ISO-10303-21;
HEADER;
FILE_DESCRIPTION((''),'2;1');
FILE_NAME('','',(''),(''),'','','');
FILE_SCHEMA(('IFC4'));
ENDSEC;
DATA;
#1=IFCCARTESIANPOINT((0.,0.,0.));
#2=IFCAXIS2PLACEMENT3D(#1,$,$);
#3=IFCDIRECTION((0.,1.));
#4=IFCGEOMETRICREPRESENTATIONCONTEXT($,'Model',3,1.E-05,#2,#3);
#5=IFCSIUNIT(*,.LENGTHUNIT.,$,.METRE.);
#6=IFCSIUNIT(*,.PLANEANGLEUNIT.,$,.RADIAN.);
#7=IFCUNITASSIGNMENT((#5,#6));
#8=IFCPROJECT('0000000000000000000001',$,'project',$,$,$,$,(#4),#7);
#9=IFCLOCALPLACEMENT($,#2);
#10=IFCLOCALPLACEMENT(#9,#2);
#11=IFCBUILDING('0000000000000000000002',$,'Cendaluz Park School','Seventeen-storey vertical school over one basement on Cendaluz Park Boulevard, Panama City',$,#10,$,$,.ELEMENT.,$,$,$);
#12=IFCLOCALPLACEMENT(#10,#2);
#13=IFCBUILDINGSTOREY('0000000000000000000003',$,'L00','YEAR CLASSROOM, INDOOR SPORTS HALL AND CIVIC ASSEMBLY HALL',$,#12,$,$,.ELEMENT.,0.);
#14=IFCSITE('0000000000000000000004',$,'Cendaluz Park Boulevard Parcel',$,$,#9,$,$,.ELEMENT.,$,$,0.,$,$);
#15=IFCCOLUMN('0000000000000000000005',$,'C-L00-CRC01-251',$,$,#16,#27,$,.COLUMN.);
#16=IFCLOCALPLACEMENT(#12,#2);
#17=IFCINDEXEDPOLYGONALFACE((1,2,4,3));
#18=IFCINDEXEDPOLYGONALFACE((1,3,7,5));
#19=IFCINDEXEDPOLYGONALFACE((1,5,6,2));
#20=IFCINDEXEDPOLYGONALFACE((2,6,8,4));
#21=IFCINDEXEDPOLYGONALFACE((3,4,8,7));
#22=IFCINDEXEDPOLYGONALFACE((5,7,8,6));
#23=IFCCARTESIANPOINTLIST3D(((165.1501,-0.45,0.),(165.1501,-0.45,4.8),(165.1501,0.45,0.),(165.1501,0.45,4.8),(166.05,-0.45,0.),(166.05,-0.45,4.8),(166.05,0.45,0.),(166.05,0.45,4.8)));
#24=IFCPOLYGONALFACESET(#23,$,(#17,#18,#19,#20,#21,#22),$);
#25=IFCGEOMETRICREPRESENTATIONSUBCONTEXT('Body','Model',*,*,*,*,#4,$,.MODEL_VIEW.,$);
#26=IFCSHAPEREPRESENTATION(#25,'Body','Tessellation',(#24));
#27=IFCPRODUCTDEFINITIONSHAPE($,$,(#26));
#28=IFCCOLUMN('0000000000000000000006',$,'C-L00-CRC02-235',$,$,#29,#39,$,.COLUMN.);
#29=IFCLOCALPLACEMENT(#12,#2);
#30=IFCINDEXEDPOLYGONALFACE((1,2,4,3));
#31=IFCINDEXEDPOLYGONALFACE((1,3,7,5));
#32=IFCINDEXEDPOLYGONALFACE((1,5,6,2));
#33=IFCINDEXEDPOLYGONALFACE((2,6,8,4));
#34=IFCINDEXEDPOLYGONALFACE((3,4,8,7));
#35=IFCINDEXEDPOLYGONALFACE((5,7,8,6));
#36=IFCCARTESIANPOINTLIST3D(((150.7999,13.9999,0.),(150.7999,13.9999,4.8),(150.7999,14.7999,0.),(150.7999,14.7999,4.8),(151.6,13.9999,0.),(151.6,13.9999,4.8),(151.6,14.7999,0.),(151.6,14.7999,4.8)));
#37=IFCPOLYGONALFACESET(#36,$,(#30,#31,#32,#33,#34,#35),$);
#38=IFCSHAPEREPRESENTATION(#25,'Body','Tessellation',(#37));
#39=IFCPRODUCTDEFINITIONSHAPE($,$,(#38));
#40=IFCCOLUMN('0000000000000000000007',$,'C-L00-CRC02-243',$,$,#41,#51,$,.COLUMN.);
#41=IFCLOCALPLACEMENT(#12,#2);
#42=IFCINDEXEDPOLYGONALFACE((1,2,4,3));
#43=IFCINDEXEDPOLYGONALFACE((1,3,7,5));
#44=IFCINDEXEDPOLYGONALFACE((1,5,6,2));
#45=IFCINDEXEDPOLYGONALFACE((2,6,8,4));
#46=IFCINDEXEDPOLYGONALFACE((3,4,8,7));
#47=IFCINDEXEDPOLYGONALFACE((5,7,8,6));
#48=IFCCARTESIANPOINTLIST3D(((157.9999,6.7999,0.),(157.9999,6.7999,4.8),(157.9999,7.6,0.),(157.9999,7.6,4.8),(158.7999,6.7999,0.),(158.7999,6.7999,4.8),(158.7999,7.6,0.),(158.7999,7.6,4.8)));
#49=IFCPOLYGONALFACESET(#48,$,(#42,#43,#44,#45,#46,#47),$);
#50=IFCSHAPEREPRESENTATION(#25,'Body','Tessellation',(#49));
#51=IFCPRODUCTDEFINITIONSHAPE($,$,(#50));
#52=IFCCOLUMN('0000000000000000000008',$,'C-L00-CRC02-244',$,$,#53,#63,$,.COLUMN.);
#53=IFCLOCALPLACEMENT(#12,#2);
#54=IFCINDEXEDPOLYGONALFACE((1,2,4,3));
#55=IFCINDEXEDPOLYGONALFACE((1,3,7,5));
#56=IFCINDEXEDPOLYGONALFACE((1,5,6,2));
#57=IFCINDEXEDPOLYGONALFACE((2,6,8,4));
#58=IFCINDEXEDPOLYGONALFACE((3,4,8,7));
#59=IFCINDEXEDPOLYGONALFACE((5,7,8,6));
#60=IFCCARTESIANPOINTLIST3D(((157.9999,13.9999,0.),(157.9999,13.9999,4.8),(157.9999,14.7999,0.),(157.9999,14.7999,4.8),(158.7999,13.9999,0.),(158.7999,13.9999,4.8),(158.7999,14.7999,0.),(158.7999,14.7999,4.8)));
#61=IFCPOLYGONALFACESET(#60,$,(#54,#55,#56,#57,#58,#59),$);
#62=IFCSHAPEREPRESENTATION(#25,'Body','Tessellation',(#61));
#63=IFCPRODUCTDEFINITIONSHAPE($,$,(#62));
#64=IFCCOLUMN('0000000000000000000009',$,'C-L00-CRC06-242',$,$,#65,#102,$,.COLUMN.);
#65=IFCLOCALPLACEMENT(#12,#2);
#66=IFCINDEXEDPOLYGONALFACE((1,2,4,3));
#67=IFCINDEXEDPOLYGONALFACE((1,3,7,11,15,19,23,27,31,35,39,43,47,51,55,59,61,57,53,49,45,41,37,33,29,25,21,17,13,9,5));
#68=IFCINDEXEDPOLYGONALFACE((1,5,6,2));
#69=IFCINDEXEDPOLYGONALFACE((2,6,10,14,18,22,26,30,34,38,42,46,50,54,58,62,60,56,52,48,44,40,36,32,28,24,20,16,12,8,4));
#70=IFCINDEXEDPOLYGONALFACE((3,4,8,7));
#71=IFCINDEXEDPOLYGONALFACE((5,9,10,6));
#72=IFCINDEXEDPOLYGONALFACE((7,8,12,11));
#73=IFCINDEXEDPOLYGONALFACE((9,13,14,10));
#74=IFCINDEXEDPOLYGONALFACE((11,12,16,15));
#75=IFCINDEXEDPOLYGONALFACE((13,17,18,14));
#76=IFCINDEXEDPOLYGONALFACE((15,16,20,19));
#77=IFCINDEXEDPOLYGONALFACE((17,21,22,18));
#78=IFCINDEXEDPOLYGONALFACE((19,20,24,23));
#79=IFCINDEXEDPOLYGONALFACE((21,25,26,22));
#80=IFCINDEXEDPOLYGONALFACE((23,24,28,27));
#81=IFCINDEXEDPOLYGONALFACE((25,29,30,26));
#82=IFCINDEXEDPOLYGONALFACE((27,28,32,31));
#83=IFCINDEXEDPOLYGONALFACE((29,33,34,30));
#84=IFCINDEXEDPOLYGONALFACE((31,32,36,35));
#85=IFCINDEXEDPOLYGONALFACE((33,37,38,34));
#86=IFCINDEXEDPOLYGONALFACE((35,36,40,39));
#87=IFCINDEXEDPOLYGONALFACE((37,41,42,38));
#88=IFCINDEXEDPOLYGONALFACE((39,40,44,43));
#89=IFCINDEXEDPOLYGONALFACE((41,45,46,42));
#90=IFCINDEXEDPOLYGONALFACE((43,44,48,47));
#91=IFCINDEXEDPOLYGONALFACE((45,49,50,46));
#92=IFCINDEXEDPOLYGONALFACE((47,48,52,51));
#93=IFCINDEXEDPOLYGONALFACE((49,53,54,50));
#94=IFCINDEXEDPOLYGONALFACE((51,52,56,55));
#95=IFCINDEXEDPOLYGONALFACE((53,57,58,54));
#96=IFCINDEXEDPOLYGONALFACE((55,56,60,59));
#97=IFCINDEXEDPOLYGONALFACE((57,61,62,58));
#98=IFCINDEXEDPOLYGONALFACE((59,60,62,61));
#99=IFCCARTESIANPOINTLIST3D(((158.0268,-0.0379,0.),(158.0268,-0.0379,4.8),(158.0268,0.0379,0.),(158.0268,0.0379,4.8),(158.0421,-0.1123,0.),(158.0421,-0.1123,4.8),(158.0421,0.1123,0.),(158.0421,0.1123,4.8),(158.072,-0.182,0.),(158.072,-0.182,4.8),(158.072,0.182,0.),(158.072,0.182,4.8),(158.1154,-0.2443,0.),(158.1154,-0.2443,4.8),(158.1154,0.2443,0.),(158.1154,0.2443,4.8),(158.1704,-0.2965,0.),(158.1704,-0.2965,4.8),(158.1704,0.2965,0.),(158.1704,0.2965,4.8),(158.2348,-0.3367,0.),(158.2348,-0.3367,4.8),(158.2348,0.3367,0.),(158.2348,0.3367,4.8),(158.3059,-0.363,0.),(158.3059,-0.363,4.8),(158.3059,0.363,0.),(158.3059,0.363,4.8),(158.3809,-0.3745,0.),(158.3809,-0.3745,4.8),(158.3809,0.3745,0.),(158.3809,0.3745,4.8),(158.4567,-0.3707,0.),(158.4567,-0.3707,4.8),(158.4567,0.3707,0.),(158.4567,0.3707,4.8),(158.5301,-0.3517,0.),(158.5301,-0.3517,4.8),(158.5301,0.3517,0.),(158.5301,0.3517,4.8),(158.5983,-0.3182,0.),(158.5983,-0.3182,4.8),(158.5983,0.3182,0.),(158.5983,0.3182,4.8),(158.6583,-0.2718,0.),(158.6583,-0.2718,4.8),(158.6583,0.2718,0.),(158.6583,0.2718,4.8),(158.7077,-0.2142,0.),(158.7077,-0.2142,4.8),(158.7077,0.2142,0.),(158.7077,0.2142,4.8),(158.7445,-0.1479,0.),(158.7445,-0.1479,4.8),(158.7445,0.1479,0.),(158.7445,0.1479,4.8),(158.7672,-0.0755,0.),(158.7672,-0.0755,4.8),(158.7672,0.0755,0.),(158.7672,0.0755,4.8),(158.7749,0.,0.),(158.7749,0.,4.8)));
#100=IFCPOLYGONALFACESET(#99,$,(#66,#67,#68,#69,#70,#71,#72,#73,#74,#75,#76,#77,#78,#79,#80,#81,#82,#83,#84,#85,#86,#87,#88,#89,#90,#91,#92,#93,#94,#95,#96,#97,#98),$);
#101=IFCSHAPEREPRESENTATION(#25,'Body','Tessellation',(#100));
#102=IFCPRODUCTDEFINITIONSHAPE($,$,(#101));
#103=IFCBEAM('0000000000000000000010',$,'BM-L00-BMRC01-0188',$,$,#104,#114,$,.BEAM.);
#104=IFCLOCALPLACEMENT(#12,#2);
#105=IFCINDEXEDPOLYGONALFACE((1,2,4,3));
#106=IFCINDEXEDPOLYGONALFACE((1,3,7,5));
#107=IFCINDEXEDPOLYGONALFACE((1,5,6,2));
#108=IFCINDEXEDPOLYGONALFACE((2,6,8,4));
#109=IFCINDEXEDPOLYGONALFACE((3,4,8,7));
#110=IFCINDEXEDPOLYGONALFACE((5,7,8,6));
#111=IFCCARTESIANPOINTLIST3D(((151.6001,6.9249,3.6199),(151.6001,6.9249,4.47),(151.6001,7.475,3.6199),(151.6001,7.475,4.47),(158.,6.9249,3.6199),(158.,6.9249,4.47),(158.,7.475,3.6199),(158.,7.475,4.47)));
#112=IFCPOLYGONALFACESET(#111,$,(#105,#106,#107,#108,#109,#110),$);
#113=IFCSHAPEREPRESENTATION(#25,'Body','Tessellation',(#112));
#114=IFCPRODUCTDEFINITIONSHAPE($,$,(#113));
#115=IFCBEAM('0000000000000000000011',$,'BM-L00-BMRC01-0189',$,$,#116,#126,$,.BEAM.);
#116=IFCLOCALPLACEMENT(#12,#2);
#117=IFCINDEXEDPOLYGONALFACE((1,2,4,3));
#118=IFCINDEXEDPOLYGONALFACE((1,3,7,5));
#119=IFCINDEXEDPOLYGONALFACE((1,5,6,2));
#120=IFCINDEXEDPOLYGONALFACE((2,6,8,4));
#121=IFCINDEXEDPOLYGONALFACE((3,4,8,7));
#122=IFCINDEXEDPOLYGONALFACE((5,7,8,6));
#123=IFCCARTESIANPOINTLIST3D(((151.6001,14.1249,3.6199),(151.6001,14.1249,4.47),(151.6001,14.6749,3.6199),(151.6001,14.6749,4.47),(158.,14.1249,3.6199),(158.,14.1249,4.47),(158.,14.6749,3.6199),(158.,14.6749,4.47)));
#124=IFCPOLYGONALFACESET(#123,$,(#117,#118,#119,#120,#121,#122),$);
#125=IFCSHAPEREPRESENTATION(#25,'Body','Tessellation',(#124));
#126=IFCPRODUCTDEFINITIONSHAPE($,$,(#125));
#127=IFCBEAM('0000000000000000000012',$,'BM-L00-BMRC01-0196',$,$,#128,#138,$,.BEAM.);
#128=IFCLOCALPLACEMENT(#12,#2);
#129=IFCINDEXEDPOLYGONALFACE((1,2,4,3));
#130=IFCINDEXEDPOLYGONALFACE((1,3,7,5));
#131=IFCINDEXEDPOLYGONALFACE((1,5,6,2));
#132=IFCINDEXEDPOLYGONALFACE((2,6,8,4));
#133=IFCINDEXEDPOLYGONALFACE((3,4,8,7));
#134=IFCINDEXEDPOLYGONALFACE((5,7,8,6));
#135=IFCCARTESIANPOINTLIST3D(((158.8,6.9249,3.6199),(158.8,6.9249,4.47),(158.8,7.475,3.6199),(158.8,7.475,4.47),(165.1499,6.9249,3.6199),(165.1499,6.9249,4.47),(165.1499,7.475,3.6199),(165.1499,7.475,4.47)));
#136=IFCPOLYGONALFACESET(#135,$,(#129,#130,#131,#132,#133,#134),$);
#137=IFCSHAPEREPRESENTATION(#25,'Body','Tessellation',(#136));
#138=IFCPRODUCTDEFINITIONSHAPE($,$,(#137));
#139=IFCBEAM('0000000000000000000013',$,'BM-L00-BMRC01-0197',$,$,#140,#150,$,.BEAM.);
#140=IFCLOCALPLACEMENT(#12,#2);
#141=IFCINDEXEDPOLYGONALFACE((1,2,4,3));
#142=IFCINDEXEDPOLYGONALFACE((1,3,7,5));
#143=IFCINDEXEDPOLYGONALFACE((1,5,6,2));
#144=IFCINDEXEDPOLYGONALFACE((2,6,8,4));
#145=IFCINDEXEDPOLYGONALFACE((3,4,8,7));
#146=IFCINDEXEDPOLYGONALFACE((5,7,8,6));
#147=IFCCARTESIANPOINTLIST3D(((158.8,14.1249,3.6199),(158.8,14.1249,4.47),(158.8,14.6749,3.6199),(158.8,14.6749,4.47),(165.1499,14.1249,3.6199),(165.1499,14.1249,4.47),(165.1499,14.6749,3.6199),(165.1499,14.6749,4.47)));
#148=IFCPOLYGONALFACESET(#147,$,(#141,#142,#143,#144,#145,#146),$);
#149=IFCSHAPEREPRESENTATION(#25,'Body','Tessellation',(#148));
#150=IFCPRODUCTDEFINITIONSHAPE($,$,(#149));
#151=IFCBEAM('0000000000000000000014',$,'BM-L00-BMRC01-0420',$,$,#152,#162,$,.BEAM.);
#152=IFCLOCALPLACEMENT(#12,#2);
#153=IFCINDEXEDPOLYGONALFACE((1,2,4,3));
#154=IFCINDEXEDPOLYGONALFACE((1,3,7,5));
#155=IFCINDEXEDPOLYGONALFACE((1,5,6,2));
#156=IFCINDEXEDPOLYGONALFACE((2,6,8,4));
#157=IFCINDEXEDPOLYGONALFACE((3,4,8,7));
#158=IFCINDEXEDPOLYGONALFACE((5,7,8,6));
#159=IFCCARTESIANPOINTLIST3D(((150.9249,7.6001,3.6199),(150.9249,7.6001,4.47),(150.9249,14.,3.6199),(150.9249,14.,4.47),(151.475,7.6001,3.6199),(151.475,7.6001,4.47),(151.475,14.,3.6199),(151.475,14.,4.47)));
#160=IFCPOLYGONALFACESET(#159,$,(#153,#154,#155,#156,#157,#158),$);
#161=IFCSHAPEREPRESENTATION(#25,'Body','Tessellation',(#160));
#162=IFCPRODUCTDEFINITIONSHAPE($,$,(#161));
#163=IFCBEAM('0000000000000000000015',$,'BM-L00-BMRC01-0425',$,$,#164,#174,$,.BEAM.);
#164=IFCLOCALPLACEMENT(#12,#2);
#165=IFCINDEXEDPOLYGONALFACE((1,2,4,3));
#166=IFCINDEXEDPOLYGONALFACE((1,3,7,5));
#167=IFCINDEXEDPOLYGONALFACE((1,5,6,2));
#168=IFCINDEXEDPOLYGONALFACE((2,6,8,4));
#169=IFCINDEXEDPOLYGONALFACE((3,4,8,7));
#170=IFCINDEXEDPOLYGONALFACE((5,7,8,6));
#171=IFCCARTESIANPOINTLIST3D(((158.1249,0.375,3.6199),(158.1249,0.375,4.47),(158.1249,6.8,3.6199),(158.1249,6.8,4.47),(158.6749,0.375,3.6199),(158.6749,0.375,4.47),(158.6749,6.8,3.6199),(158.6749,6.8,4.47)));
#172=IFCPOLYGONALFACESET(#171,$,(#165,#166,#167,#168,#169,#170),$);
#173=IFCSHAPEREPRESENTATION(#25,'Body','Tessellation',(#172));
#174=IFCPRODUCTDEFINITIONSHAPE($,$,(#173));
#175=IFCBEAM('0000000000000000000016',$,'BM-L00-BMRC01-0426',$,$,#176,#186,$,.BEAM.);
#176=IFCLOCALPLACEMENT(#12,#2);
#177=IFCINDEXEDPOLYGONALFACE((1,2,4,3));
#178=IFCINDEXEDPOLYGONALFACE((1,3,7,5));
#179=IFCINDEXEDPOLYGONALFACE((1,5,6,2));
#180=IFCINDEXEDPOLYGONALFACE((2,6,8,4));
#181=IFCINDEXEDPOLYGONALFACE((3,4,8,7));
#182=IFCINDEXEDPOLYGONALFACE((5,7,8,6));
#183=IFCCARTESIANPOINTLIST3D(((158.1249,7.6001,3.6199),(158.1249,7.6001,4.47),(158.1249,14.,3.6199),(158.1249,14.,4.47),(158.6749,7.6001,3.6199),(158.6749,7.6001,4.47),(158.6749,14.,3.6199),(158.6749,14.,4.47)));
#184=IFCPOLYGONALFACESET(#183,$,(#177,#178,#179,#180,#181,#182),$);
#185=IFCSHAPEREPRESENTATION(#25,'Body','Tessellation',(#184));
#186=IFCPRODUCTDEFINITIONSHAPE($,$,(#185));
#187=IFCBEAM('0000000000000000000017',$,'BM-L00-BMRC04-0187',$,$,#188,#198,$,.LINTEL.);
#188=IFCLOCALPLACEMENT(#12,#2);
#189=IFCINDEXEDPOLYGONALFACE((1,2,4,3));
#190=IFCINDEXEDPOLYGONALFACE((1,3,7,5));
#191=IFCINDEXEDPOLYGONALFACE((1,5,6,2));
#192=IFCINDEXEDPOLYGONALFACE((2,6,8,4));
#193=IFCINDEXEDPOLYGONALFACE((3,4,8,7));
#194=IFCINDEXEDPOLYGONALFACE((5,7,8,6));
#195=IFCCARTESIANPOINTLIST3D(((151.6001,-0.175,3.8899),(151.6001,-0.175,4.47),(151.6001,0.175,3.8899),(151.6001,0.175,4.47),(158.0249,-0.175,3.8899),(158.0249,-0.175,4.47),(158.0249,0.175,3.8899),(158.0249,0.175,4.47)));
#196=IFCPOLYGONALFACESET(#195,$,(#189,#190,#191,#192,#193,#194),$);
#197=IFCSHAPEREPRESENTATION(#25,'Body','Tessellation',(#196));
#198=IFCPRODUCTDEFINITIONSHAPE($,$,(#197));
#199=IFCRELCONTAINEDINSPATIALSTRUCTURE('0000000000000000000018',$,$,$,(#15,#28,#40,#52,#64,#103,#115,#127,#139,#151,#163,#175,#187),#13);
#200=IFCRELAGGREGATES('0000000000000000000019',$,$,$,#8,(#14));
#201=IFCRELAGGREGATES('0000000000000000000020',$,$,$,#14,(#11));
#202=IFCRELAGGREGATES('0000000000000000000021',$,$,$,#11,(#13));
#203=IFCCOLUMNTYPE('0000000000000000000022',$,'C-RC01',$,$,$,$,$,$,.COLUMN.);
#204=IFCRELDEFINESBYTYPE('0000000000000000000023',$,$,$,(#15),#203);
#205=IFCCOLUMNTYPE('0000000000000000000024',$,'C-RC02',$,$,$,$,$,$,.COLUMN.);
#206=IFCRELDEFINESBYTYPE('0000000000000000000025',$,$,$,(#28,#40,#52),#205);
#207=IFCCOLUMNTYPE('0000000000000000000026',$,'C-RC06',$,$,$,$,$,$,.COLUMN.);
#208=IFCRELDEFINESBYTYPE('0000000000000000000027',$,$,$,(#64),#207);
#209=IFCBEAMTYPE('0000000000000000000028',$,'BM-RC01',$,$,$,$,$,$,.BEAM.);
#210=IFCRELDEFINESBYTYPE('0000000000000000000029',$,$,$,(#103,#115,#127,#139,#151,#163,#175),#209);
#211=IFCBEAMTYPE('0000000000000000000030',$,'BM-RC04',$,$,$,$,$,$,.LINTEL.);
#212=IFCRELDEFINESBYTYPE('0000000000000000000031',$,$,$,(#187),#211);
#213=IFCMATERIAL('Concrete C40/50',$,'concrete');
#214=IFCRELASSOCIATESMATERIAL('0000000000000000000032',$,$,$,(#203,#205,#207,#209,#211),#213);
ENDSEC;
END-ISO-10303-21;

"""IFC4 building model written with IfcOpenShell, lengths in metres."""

from ifc_helpers import new_model, si_unit, direction, frame, origin, origin_2d, place, context, subcontext, project, spatial, rectangle, circle, extrude, material, material_profile, profile_set, type_object, element, save


model = new_model("IFC4")

# Units and contexts
model_context = context("Model", 3, precision=1e-05, world=origin(), true_north=direction((0.0, 1.0)))
body_context = subcontext(model_context, "Body", "Model", "MODEL_VIEW")
ifc_project = project(units=[si_unit("LENGTHUNIT", "METRE"), si_unit("PLANEANGLEUNIT", "RADIAN")], contexts=[model_context])

# Site, building, storey
site_placement = place(None, origin())
site = spatial("IfcSite", under=ifc_project, at=site_placement, Name="Cendaluz Park Boulevard Parcel", CompositionType="ELEMENT", RefElevation=0.0)
building_placement = place(site_placement, origin())
building = spatial("IfcBuilding", under=site, at=building_placement, Name="Cendaluz Park School", Description="Seventeen-storey vertical school over one basement on Cendaluz Park Boulevard, Panama City", CompositionType="ELEMENT")
storey_placement = place(building_placement, origin())
storey = spatial("IfcBuildingStorey", under=building, at=storey_placement, Name="L00", Description="YEAR CLASSROOM, INDOOR SPORTS HALL AND CIVIC ASSEMBLY HALL", CompositionType="ELEMENT", Elevation=0.0)

# Columns
ifc_material_1 = material(Name="Concrete C40/50", Category="concrete")
ifc_material_profile_1 = material_profile(ifc_material_1, rectangle(XDim=0.8999, YDim=0.8999, at=origin_2d()), Name="RC 900x900", Category="concrete")
ifc_profile_set_1 = profile_set([ifc_material_profile_1], Name="Concrete C40/50")
column_type_1 = type_object("IfcColumnType", Name="C-RC01", PredefinedType="COLUMN", material=ifc_profile_set_1)
column_1_placement = place(storey_placement, frame((165.6001, 0.0, 0.0), z_axis=(0.0, 0.0, 1.0), x_axis=(1.0, 0.0, 0.0)))
element("IfcColumn", 1, at=column_1_placement, inside=storey, type_object=column_type_1, Name="C-L00-CRC01-251", PredefinedType="COLUMN", context=body_context, shape_type="SweptSolid", body=[
    extrude(rectangle(XDim=0.8999, YDim=0.8999, at=origin_2d()), origin(), (0.0, 0.0, 1.0), 4.8),
])
ifc_material_profile_2 = material_profile(ifc_material_1, rectangle(XDim=0.8, YDim=0.8, at=origin_2d()), Name="RC 800x800", Category="concrete")
ifc_profile_set_2 = profile_set([ifc_material_profile_2], Name="Concrete C40/50")
column_type_2 = type_object("IfcColumnType", Name="C-RC02", PredefinedType="COLUMN", material=ifc_profile_set_2)
for number, where, z_axis, x_axis, name in (
    (2, (151.2, 14.3999, 0.0), (0.0, 0.0, 1.0), (1.0, 0.0, 0.0), "C-L00-CRC02-235"),
    (3, (158.3999, 7.2, 0.0), (0.0, 0.0, 1.0), (1.0, 0.0, 0.0), "C-L00-CRC02-243"),
    (4, (158.3999, 14.3999, 0.0), (0.0, 0.0, 1.0), (1.0, 0.0, 0.0), "C-L00-CRC02-244"),
):
    element("IfcColumn", number, at=place(storey_placement, frame(where, z_axis=z_axis, x_axis=x_axis)), inside=storey, type_object=column_type_2, Name=name, PredefinedType="COLUMN", context=body_context, shape_type="SweptSolid", body=[
        extrude(rectangle(XDim=0.8, YDim=0.8, at=origin_2d()), origin(), (0.0, 0.0, 1.0), 4.8),
    ])
ifc_material_profile_3 = material_profile(ifc_material_1, circle(Radius=0.375, at=origin_2d()), Name="RC D750", Category="concrete")
ifc_profile_set_3 = profile_set([ifc_material_profile_3], Name="Concrete C40/50")
column_type_3 = type_object("IfcColumnType", Name="C-RC06", PredefinedType="COLUMN", material=ifc_profile_set_3)
column_2_placement = place(storey_placement, frame((158.3999, 0.0, 0.0), z_axis=(0.0, 0.0, 1.0), x_axis=(1.0, 0.0, 0.0)))
element("IfcColumn", 5, at=column_2_placement, inside=storey, type_object=column_type_3, Name="C-L00-CRC06-242", PredefinedType="COLUMN", context=body_context, shape_type="SweptSolid", body=[
    extrude(circle(Radius=0.375, at=origin_2d()), origin(), (0.0, 0.0, 1.0), 4.8),
])

# Beams
ifc_material_profile_4 = material_profile(ifc_material_1, rectangle(XDim=0.55, YDim=0.8501, at=origin_2d()), Name="RC 550x850", Category="concrete")
ifc_profile_set_4 = profile_set([ifc_material_profile_4], Name="Concrete C40/50")
beam_type_1 = type_object("IfcBeamType", Name="BM-RC01", PredefinedType="BEAM", material=ifc_profile_set_4)
for number, where, z_axis, x_axis, name in (
    (6, (151.6001, 7.2, 4.0449), (1.0, 0.0, 0.0), (0.0, 1.0, 0.0), "BM-L00-BMRC01-0188"),
    (7, (151.6001, 14.3999, 4.0449), (1.0, 0.0, 0.0), (0.0, 1.0, 0.0), "BM-L00-BMRC01-0189"),
):
    element("IfcBeam", number, at=place(storey_placement, frame(where, z_axis=z_axis, x_axis=x_axis)), inside=storey, type_object=beam_type_1, Name=name, PredefinedType="BEAM", context=body_context, shape_type="SweptSolid", body=[
        extrude(rectangle(XDim=0.55, YDim=0.8501, at=origin_2d()), origin(), (0.0, 0.0, 1.0), 6.3999),
    ])
for number, where, z_axis, x_axis, name in (
    (8, (158.8, 7.2, 4.0449), (1.0, 0.0, 0.0), (0.0, 1.0, 0.0), "BM-L00-BMRC01-0196"),
    (9, (158.8, 14.3999, 4.0449), (1.0, 0.0, 0.0), (0.0, 1.0, 0.0), "BM-L00-BMRC01-0197"),
):
    element("IfcBeam", number, at=place(storey_placement, frame(where, z_axis=z_axis, x_axis=x_axis)), inside=storey, type_object=beam_type_1, Name=name, PredefinedType="BEAM", context=body_context, shape_type="SweptSolid", body=[
        extrude(rectangle(XDim=0.55, YDim=0.8501, at=origin_2d()), origin(), (0.0, 0.0, 1.0), 6.3499),
    ])
beam_1_placement = place(storey_placement, frame((151.2, 7.6001, 4.0449), z_axis=(0.0, 1.0, 0.0), x_axis=(-1.0, 0.0, 0.0)))
element("IfcBeam", 10, at=beam_1_placement, inside=storey, type_object=beam_type_1, Name="BM-L00-BMRC01-0420", PredefinedType="BEAM", context=body_context, shape_type="SweptSolid", body=[
    extrude(rectangle(XDim=0.55, YDim=0.8501, at=origin_2d()), origin(), (0.0, 0.0, 1.0), 6.3999),
])
beam_2_placement = place(storey_placement, frame((158.3999, 0.375, 4.0449), z_axis=(0.0, 1.0, 0.0), x_axis=(-1.0, 0.0, 0.0)))
element("IfcBeam", 11, at=beam_2_placement, inside=storey, type_object=beam_type_1, Name="BM-L00-BMRC01-0425", PredefinedType="BEAM", context=body_context, shape_type="SweptSolid", body=[
    extrude(rectangle(XDim=0.55, YDim=0.8501, at=origin_2d()), origin(), (0.0, 0.0, 1.0), 6.425),
])
beam_3_placement = place(storey_placement, frame((158.3999, 7.6001, 4.0449), z_axis=(0.0, 1.0, 0.0), x_axis=(-1.0, 0.0, 0.0)))
element("IfcBeam", 12, at=beam_3_placement, inside=storey, type_object=beam_type_1, Name="BM-L00-BMRC01-0426", PredefinedType="BEAM", context=body_context, shape_type="SweptSolid", body=[
    extrude(rectangle(XDim=0.55, YDim=0.8501, at=origin_2d()), origin(), (0.0, 0.0, 1.0), 6.3999),
])
ifc_material_profile_5 = material_profile(ifc_material_1, rectangle(XDim=0.3501, YDim=0.5801, at=origin_2d()), Name="RC 350x580", Category="concrete")
ifc_profile_set_5 = profile_set([ifc_material_profile_5], Name="Concrete C40/50")
beam_type_2 = type_object("IfcBeamType", Name="BM-RC04", PredefinedType="LINTEL", material=ifc_profile_set_5)
beam_4_placement = place(storey_placement, frame((151.6001, 0.0, 4.1799), z_axis=(1.0, 0.0, 0.0), x_axis=(0.0, 1.0, 0.0)))
element("IfcBeam", 13, at=beam_4_placement, inside=storey, type_object=beam_type_2, Name="BM-L00-BMRC04-0187", PredefinedType="LINTEL", context=body_context, shape_type="SweptSolid", body=[
    extrude(rectangle(XDim=0.3501, YDim=0.5801, at=origin_2d()), origin(), (0.0, 0.0, 1.0), 6.4248),
])

save(model, "model.ifc")
